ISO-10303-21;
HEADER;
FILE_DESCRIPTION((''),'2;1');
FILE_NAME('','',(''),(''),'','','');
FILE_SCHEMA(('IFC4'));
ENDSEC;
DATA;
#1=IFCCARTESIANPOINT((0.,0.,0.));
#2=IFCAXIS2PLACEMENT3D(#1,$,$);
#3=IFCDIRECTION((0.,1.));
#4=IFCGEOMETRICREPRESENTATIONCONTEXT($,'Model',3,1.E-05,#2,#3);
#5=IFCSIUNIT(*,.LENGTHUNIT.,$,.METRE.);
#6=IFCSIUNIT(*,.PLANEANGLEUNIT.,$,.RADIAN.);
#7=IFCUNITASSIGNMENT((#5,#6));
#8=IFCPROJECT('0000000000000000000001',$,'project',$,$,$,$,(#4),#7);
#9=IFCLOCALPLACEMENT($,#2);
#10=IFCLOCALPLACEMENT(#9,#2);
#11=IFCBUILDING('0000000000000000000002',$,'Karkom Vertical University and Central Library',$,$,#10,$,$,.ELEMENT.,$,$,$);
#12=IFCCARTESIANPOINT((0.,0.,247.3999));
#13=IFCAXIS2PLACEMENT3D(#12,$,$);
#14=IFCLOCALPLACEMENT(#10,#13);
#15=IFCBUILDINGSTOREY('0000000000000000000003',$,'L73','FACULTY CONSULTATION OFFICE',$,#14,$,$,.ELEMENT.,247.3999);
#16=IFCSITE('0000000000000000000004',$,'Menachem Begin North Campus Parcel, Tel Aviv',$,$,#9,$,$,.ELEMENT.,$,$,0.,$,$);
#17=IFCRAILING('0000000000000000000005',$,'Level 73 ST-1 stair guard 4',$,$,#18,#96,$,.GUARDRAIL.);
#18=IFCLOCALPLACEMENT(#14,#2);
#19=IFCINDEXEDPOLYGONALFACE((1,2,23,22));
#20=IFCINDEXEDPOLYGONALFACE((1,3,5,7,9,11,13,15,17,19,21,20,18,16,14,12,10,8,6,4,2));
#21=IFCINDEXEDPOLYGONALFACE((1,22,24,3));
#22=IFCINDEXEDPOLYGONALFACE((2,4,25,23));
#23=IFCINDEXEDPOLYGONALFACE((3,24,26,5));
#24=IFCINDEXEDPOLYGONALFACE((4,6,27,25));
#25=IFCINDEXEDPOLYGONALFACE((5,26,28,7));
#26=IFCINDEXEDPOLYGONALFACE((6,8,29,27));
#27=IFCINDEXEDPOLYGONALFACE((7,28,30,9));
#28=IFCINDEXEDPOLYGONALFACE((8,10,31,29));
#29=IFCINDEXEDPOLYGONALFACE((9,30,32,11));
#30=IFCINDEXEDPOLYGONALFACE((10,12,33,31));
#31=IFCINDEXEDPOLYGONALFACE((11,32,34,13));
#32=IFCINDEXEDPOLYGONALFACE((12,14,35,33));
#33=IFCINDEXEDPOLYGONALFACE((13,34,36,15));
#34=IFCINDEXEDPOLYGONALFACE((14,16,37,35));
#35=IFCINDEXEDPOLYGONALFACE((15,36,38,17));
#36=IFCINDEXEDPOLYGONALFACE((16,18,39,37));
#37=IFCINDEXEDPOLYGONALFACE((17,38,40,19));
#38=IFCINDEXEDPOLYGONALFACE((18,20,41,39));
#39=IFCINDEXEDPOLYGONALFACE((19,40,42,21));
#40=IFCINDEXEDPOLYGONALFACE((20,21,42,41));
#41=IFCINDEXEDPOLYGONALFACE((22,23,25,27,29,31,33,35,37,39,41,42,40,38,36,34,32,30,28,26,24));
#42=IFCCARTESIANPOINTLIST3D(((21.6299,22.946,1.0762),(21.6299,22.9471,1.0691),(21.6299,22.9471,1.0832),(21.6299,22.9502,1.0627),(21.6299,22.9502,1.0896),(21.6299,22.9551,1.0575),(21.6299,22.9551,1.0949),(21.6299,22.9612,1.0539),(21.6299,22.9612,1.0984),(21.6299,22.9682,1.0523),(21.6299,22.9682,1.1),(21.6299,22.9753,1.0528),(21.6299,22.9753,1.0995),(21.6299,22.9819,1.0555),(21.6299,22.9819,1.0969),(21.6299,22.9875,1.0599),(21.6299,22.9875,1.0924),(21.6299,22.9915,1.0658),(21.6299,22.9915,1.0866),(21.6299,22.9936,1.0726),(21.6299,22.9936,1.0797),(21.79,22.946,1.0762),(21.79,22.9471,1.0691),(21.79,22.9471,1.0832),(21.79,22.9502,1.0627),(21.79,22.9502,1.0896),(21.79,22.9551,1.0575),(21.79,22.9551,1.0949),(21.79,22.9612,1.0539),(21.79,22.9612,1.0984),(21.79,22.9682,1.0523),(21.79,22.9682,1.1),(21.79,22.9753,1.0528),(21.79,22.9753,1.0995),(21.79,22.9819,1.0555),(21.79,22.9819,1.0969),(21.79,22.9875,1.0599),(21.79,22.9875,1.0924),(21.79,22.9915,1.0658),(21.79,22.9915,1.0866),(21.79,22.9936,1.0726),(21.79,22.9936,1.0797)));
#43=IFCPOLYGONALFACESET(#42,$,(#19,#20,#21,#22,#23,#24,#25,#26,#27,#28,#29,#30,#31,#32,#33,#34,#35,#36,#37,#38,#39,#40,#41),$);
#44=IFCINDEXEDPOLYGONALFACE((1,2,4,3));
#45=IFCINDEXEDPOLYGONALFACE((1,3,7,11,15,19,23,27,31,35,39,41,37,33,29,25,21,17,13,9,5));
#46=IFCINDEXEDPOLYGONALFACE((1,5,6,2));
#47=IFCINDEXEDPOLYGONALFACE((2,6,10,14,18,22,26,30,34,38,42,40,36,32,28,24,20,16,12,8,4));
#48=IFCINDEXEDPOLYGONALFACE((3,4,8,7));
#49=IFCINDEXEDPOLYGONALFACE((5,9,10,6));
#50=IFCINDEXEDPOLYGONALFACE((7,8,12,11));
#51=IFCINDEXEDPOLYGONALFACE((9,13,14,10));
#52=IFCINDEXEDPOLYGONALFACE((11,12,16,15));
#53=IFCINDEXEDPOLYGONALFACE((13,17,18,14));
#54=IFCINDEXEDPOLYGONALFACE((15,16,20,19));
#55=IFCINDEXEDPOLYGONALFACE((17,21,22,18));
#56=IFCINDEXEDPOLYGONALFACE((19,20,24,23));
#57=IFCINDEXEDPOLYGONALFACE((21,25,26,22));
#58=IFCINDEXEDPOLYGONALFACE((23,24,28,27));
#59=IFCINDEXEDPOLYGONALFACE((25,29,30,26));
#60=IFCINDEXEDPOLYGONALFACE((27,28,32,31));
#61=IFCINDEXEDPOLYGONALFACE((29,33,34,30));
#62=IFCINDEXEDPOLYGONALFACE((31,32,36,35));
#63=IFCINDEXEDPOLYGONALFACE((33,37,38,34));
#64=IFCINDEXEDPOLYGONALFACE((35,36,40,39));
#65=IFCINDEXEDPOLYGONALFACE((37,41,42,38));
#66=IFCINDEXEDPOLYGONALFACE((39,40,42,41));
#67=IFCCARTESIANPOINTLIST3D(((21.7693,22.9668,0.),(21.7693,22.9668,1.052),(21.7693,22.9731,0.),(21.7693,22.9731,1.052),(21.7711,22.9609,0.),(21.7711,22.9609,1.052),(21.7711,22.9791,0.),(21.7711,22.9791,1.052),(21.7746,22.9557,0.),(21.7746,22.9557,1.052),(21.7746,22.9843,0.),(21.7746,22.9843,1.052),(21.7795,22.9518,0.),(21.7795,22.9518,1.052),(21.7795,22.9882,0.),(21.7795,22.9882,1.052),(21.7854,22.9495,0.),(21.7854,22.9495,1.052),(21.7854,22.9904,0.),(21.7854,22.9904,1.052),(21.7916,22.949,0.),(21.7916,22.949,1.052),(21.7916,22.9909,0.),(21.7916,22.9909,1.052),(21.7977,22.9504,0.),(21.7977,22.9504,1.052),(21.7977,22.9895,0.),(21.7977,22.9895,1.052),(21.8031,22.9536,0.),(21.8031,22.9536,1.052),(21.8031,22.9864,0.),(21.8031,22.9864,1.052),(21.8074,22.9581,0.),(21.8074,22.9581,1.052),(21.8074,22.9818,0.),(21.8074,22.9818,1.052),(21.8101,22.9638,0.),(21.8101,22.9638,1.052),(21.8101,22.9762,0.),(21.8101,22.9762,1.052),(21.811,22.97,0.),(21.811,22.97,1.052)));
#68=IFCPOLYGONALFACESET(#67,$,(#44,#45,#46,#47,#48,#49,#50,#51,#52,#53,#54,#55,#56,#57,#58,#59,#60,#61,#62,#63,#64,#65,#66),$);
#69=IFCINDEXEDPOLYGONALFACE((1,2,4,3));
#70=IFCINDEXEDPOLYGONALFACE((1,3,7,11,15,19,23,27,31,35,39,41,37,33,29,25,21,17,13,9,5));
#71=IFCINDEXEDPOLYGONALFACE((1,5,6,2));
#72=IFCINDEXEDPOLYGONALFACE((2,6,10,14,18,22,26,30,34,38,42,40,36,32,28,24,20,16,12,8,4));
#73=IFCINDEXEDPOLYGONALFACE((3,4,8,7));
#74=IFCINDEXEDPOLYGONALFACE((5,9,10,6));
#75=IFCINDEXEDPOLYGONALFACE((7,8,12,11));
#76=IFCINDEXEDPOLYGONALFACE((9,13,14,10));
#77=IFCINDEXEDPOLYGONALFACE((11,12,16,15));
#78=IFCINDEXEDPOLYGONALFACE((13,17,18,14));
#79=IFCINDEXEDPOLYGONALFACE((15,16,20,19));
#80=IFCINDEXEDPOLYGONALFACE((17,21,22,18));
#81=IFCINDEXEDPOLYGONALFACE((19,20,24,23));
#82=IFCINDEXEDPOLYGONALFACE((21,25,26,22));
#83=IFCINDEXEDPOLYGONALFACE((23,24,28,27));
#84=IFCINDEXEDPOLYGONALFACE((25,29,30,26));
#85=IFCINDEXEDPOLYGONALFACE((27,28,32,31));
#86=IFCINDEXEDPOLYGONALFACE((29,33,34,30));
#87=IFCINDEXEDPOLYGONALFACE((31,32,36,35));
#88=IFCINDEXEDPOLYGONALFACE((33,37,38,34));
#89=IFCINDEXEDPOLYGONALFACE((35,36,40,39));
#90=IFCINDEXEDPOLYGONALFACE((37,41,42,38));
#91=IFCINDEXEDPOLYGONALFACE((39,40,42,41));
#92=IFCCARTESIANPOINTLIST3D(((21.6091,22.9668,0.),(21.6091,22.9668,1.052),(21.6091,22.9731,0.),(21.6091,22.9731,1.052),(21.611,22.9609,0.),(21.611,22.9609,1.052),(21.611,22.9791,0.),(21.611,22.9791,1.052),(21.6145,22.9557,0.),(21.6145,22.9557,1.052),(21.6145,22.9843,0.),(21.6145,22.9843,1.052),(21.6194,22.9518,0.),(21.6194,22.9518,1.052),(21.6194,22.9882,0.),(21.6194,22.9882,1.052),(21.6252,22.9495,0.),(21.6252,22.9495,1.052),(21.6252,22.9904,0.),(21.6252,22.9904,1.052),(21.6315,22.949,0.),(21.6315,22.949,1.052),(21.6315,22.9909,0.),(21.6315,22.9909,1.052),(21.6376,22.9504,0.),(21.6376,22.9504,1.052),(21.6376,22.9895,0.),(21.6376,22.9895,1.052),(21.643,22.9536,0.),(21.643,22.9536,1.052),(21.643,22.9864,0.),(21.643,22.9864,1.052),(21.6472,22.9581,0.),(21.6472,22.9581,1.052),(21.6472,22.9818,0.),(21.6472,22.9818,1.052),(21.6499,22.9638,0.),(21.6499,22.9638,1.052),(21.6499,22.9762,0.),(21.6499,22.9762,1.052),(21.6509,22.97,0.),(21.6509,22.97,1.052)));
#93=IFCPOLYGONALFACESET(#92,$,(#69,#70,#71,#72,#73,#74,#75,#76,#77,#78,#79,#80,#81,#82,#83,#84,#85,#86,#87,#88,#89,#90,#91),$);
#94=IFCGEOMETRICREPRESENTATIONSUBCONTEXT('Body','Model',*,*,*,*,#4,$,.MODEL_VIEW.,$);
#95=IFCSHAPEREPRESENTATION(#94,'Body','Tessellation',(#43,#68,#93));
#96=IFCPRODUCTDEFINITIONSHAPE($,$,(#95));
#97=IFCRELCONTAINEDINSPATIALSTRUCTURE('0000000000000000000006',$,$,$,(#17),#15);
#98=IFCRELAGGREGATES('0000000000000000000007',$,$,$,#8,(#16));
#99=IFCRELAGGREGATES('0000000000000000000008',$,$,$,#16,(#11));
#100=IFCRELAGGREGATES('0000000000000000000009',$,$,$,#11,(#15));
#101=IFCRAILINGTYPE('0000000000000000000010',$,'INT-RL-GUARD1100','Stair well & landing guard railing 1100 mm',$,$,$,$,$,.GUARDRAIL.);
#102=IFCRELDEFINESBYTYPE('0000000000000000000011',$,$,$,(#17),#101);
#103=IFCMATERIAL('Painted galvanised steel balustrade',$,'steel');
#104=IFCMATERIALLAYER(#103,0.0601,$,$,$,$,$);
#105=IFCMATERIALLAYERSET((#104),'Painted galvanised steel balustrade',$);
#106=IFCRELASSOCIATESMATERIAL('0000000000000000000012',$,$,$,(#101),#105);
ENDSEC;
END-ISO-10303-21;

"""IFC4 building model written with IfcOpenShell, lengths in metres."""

from ifc_helpers import new_model, si_unit, direction, frame, origin, origin_2d, place, context, subcontext, project, spatial, circle, extrude, material, layer, layer_set, type_object, element, save


model = new_model("IFC4")

# Units and contexts
model_context = context("Model", 3, precision=1e-05, world=origin(), true_north=direction((0.0, 1.0)))
body_context = subcontext(model_context, "Body", "Model", "MODEL_VIEW")
ifc_project = project(units=[si_unit("LENGTHUNIT", "METRE"), si_unit("PLANEANGLEUNIT", "RADIAN")], contexts=[model_context])

# Site, building, storey
site_placement = place(None, origin())
site = spatial("IfcSite", under=ifc_project, at=site_placement, Name="Menachem Begin North Campus Parcel, Tel Aviv", CompositionType="ELEMENT", RefElevation=0.0)
building_placement = place(site_placement, origin())
building = spatial("IfcBuilding", under=site, at=building_placement, Name="Karkom Vertical University and Central Library", CompositionType="ELEMENT")
storey_placement = place(building_placement, frame((0.0, 0.0, 247.3999)))
storey = spatial("IfcBuildingStorey", under=building, at=storey_placement, Name="L73", Description="FACULTY CONSULTATION OFFICE", CompositionType="ELEMENT", Elevation=247.3999)

# Railing
ifc_material_1 = material(Name="Painted galvanised steel balustrade", Category="steel")
ifc_layer_1 = layer(ifc_material_1, 0.0601)
ifc_layer_set_1 = layer_set([ifc_layer_1], Name="Painted galvanised steel balustrade")
railing_type_1 = type_object("IfcRailingType", Name="INT-RL-GUARD1100", Description="Stair well & landing guard railing 1100 mm", PredefinedType="GUARDRAIL", material=ifc_layer_set_1)
railing_1_placement = place(storey_placement, frame((21.79, 22.97, 0.0)))
element("IfcRailing", 1, at=railing_1_placement, inside=storey, type_object=railing_type_1, Name="Level 73 ST-1 stair guard 4", PredefinedType="GUARDRAIL", context=body_context, shape_type="SweptSolid", body=[
    extrude(circle(Radius=0.0239, at=origin_2d()), frame((0.0, 0.0, 1.0762), z_axis=(-1.0, 0.0, 0.0), x_axis=(0.0, -1.0, 0.0)), (0.0, 0.0, 1.0), 0.1602),
    extrude(circle(Radius=0.021, at=origin_2d()), origin(), (0.0, 0.0, 1.0), 1.052),
    extrude(circle(Radius=0.021, at=origin_2d()), frame((-0.1602, 0.0, 0.0)), (0.0, 0.0, 1.0), 1.052),
])

save(model, "model.ifc")
